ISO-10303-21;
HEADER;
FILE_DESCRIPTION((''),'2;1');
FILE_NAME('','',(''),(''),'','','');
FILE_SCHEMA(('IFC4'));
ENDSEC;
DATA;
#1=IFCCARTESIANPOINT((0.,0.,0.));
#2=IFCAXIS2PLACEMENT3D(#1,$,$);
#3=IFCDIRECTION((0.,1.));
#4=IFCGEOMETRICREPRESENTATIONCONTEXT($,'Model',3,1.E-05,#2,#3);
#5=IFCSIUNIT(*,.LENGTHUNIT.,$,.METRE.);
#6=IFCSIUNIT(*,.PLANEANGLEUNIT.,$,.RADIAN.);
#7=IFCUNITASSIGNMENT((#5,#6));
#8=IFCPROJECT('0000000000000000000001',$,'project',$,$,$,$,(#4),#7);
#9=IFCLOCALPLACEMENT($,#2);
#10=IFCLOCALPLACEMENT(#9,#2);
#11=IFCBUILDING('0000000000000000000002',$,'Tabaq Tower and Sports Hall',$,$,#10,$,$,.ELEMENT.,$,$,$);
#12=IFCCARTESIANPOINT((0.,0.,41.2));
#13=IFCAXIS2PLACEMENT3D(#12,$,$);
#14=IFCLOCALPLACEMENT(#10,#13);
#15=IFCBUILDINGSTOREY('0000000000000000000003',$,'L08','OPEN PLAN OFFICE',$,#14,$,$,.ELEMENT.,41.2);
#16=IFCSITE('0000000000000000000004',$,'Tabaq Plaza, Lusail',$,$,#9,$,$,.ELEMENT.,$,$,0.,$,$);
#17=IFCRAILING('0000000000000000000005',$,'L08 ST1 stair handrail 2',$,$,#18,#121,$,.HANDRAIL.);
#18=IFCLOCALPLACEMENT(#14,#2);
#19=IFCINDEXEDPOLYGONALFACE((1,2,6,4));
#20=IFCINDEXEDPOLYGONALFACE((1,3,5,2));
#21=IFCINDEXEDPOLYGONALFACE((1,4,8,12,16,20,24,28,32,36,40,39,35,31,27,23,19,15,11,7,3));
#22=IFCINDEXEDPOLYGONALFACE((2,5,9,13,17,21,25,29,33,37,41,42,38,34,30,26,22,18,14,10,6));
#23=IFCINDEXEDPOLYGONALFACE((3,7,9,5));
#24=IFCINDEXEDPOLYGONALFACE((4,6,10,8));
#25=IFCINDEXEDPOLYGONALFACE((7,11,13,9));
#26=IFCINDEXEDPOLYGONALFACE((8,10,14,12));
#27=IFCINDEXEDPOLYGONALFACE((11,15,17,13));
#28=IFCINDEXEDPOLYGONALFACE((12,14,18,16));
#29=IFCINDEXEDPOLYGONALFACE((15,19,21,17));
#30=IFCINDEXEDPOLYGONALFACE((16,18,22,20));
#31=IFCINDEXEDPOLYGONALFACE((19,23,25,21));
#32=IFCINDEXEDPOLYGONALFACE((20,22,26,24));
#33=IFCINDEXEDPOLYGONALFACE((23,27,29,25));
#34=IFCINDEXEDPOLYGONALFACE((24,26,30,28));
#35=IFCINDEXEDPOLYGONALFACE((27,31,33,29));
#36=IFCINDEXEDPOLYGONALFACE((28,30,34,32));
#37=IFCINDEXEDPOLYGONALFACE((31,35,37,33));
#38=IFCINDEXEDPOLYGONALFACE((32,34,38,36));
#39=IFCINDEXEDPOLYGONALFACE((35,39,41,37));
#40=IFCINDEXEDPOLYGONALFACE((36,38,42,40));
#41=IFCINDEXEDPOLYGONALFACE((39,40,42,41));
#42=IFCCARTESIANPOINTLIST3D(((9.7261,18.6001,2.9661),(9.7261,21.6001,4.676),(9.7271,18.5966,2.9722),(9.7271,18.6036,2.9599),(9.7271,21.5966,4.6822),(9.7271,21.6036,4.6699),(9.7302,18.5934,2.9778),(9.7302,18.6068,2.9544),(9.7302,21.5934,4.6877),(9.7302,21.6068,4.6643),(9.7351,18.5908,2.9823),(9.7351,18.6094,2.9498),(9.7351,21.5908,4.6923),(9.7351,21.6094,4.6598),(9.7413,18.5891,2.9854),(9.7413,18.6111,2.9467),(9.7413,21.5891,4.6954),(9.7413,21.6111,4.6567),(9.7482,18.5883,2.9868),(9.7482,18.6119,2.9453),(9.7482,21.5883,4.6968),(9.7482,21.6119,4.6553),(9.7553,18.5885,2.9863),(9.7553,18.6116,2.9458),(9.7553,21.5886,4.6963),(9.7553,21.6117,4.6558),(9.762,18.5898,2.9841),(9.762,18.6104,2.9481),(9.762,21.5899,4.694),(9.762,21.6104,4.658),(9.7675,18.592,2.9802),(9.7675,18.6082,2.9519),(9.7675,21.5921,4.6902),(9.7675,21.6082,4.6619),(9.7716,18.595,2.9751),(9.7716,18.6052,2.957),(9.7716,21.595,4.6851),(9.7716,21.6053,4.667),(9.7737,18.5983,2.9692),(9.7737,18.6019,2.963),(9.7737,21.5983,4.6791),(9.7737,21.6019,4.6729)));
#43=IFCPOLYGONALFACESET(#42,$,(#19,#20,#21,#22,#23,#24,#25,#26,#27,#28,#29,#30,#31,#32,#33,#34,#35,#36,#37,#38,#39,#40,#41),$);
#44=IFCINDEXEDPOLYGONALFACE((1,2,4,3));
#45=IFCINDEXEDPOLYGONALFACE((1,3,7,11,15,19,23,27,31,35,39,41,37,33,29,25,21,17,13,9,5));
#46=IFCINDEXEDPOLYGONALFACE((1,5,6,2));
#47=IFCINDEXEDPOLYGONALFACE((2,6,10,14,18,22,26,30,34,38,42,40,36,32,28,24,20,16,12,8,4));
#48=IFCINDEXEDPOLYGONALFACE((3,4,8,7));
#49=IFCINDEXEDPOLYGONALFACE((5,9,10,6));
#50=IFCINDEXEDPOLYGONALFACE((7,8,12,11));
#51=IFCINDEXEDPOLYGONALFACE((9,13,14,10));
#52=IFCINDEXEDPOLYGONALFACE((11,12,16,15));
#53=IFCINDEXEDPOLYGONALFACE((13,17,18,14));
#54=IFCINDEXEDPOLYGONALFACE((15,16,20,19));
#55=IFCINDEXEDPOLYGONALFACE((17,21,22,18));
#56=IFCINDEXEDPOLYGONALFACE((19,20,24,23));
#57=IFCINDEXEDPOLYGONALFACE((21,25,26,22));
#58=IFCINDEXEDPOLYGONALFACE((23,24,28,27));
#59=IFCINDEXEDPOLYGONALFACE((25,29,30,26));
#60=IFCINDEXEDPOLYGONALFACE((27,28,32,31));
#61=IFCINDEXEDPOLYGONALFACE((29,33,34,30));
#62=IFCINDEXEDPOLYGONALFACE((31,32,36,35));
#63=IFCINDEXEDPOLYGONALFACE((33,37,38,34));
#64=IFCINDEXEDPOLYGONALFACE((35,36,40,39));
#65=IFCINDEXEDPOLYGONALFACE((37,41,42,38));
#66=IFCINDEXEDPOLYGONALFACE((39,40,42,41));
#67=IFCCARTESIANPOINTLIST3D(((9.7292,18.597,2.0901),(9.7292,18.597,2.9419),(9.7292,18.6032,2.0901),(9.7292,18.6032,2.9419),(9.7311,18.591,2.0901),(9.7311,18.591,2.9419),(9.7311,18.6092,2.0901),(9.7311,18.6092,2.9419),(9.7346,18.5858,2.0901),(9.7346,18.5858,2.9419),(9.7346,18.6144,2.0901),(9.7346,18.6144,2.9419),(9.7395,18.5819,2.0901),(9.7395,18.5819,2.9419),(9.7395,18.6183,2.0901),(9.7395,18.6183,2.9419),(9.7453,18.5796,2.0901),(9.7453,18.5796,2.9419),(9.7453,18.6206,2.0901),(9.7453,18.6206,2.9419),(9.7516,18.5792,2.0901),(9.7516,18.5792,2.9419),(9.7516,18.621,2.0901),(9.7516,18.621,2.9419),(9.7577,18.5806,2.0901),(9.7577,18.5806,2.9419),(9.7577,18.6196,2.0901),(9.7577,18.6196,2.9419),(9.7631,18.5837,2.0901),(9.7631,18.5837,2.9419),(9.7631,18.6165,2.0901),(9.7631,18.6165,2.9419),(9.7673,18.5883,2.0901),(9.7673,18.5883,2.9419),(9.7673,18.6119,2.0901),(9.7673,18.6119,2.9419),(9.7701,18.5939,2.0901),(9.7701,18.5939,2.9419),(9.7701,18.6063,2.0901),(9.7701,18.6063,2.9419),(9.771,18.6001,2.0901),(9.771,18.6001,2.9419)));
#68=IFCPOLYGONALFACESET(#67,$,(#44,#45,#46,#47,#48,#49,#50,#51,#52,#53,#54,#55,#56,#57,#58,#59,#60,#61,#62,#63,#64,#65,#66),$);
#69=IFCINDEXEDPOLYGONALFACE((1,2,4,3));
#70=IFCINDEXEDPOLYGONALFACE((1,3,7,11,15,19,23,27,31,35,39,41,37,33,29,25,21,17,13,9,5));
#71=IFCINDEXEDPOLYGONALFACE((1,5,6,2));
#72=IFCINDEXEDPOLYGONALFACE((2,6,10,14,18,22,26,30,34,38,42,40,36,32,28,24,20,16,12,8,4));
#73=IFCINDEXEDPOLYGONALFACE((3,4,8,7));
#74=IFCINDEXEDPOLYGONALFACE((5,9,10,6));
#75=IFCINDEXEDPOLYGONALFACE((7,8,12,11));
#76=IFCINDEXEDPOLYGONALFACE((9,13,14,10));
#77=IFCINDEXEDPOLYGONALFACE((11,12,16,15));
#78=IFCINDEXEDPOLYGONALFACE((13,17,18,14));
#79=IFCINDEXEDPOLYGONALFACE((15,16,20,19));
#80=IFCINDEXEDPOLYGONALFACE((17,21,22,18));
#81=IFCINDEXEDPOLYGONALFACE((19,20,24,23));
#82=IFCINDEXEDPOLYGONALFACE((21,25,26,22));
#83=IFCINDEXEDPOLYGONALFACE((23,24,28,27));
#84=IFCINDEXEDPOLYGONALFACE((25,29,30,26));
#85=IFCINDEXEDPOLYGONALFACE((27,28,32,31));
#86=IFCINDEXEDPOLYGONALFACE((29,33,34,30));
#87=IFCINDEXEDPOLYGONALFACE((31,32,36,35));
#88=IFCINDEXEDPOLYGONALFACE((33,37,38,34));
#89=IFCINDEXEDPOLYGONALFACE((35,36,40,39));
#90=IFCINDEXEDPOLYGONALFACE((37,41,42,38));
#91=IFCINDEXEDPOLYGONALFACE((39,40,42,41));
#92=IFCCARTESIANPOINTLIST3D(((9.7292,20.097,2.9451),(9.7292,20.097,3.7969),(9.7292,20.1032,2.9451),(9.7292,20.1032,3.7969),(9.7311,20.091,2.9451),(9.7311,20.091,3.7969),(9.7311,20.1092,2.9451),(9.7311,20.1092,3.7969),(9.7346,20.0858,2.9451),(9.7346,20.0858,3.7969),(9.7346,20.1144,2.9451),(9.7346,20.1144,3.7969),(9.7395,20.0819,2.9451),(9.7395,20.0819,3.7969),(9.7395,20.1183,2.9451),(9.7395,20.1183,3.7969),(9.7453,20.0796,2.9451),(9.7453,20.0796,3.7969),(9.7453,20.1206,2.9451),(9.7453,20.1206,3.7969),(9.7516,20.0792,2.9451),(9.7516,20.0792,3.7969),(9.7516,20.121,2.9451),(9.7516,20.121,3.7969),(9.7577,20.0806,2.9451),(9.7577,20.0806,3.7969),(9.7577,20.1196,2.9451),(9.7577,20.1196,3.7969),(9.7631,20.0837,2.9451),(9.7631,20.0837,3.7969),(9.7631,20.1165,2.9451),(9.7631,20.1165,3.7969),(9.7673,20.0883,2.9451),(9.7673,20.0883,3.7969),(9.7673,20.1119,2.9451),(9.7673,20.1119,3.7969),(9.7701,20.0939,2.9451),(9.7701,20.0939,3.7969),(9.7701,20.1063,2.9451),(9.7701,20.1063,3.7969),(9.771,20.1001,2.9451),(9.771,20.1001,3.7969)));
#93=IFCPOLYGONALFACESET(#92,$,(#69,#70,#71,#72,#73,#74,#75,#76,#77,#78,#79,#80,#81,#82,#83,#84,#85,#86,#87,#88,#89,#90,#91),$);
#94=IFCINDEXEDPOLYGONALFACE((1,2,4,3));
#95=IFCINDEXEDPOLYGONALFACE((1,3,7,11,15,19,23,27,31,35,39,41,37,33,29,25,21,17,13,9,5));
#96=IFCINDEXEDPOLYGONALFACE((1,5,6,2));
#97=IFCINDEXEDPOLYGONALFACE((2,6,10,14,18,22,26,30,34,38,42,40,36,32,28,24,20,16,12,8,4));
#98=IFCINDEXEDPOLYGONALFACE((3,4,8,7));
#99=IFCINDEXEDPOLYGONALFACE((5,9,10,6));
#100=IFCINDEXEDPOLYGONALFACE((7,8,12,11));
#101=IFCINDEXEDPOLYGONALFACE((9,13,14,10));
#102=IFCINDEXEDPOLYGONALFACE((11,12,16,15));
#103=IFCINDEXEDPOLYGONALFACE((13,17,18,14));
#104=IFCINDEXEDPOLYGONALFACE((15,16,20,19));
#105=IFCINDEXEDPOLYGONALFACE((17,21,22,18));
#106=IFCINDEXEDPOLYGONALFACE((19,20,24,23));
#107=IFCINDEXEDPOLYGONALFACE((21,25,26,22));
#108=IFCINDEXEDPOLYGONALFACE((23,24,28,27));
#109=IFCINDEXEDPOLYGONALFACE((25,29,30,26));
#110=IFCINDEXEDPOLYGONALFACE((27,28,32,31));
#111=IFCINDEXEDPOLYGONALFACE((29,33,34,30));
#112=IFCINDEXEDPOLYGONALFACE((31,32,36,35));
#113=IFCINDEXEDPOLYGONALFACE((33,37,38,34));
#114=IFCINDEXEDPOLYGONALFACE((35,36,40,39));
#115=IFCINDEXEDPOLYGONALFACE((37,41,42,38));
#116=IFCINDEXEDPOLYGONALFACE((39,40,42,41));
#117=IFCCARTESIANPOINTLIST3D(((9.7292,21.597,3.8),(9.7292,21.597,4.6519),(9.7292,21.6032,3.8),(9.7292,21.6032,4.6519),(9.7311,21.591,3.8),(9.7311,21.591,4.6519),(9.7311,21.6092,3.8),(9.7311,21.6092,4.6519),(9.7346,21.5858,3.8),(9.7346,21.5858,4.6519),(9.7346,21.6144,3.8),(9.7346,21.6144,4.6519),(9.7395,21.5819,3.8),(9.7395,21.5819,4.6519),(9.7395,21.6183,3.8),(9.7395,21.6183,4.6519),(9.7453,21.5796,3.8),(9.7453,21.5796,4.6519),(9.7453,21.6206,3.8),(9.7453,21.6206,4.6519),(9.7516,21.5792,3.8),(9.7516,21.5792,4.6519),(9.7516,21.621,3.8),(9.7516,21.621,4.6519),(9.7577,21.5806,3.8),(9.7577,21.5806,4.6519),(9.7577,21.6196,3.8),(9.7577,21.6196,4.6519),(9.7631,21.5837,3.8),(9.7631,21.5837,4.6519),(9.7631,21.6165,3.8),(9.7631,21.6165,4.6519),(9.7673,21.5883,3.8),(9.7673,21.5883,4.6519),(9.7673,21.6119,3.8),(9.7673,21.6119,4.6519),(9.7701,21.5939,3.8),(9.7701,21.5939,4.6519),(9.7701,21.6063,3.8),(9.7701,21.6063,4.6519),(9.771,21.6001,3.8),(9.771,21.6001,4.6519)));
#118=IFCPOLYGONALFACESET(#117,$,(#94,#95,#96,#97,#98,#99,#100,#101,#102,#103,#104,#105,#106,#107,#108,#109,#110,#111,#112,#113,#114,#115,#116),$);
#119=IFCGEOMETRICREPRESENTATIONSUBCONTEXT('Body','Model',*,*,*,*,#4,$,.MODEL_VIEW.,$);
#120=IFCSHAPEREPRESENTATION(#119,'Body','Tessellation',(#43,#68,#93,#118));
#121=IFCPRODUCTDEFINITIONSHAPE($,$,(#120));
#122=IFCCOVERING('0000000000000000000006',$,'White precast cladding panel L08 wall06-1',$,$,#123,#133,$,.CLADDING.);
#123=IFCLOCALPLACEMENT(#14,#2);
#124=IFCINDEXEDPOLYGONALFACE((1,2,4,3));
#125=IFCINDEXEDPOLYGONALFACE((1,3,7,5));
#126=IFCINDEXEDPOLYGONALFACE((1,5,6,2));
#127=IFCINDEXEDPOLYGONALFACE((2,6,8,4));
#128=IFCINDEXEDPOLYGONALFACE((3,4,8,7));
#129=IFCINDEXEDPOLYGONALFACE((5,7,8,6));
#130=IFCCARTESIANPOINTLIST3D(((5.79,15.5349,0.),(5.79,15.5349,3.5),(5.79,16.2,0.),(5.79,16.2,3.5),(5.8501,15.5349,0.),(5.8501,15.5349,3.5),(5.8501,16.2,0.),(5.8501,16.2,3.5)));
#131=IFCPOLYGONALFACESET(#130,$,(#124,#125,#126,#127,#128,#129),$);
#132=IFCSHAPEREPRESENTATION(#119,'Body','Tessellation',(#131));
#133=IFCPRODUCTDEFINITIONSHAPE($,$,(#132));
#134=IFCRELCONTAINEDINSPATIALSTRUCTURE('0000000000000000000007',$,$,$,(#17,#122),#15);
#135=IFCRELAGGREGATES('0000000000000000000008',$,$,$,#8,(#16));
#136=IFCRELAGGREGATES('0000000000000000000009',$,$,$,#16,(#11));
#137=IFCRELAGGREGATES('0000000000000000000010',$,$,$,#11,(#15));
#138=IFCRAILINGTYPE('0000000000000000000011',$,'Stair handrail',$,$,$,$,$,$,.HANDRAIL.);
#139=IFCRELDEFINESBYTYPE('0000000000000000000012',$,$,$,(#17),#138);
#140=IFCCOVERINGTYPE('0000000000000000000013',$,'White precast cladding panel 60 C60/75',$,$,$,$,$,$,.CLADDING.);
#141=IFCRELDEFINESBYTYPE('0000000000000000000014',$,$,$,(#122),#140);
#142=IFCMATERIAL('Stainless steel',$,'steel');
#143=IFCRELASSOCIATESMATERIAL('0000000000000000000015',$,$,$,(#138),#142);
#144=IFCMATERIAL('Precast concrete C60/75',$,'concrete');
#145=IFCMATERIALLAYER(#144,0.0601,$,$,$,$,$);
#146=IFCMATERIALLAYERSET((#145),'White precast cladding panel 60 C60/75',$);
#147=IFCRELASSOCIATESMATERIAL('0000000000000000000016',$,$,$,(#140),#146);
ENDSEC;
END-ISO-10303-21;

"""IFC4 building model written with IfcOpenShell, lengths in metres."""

from ifc_helpers import new_model, si_unit, direction, frame, frame_2d, origin, origin_2d, place, context, subcontext, project, spatial, rectangle, circle, extrude, material, layer, layer_set, type_object, element, save


model = new_model("IFC4")

# Units and contexts
model_context = context("Model", 3, precision=1e-05, world=origin(), true_north=direction((0.0, 1.0)))
body_context = subcontext(model_context, "Body", "Model", "MODEL_VIEW")
ifc_project = project(units=[si_unit("LENGTHUNIT", "METRE"), si_unit("PLANEANGLEUNIT", "RADIAN")], contexts=[model_context])

# Site, building, storey
site_placement = place(None, origin())
site = spatial("IfcSite", under=ifc_project, at=site_placement, Name="Tabaq Plaza, Lusail", CompositionType="ELEMENT", RefElevation=0.0)
building_placement = place(site_placement, origin())
building = spatial("IfcBuilding", under=site, at=building_placement, Name="Tabaq Tower and Sports Hall", CompositionType="ELEMENT")
storey_placement = place(building_placement, frame((0.0, 0.0, 41.2)))
storey = spatial("IfcBuildingStorey", under=building, at=storey_placement, Name="L08", Description="OPEN PLAN OFFICE", CompositionType="ELEMENT", Elevation=41.2)

# Railing
ifc_material_1 = material(Name="Stainless steel", Category="steel")
railing_type = type_object("IfcRailingType", Name="Stair handrail", PredefinedType="HANDRAIL", material=ifc_material_1)
railing_placement = place(storey_placement, frame((9.75, 18.6001, 2.0901)))
element("IfcRailing", 1, at=railing_placement, inside=storey, type_object=railing_type, Name="L08 ST1 stair handrail 2", PredefinedType="HANDRAIL", context=body_context, shape_type="SweptSolid", body=[
    extrude(circle(Radius=0.0239, at=origin_2d()), frame((0.0, 0.0, 0.876), z_axis=(0.0, 0.868782, 0.495195), x_axis=(-1.0, 0.0, 0.0)), (0.0, 0.0, 1.0), 3.4531),
    extrude(circle(Radius=0.021, at=origin_2d()), origin(), (0.0, 0.0, 1.0), 0.8518),
    extrude(circle(Radius=0.021, at=origin_2d()), frame((0.0, 1.5, 0.855)), (0.0, 0.0, 1.0), 0.8518),
    extrude(circle(Radius=0.021, at=origin_2d()), frame((0.0, 3.0, 1.71)), (0.0, 0.0, 1.0), 0.8518),
])

# Covering
ifc_material_2 = material(Name="Precast concrete C60/75", Category="concrete")
ifc_layer_1 = layer(ifc_material_2, 0.0601)
ifc_layer_set_1 = layer_set([ifc_layer_1], Name="White precast cladding panel 60 C60/75")
covering_type = type_object("IfcCoveringType", Name="White precast cladding panel 60 C60/75", PredefinedType="CLADDING", material=ifc_layer_set_1)
covering_placement = place(storey_placement, frame((5.8201, 16.2, 0.0), z_axis=(0.0, 0.0, 1.0), x_axis=(0.0, -1.0, 0.0)))
element("IfcCovering", 2, at=covering_placement, inside=storey, type_object=covering_type, Name="White precast cladding panel L08 wall06-1", PredefinedType="CLADDING", context=body_context, shape_type="SweptSolid", body=[
    extrude(rectangle(XDim=0.665, YDim=0.0601, at=frame_2d((0.3325, 0.0))), origin(), (0.0, 0.0, 1.0), 3.5),
])

save(model, "model.ifc")
